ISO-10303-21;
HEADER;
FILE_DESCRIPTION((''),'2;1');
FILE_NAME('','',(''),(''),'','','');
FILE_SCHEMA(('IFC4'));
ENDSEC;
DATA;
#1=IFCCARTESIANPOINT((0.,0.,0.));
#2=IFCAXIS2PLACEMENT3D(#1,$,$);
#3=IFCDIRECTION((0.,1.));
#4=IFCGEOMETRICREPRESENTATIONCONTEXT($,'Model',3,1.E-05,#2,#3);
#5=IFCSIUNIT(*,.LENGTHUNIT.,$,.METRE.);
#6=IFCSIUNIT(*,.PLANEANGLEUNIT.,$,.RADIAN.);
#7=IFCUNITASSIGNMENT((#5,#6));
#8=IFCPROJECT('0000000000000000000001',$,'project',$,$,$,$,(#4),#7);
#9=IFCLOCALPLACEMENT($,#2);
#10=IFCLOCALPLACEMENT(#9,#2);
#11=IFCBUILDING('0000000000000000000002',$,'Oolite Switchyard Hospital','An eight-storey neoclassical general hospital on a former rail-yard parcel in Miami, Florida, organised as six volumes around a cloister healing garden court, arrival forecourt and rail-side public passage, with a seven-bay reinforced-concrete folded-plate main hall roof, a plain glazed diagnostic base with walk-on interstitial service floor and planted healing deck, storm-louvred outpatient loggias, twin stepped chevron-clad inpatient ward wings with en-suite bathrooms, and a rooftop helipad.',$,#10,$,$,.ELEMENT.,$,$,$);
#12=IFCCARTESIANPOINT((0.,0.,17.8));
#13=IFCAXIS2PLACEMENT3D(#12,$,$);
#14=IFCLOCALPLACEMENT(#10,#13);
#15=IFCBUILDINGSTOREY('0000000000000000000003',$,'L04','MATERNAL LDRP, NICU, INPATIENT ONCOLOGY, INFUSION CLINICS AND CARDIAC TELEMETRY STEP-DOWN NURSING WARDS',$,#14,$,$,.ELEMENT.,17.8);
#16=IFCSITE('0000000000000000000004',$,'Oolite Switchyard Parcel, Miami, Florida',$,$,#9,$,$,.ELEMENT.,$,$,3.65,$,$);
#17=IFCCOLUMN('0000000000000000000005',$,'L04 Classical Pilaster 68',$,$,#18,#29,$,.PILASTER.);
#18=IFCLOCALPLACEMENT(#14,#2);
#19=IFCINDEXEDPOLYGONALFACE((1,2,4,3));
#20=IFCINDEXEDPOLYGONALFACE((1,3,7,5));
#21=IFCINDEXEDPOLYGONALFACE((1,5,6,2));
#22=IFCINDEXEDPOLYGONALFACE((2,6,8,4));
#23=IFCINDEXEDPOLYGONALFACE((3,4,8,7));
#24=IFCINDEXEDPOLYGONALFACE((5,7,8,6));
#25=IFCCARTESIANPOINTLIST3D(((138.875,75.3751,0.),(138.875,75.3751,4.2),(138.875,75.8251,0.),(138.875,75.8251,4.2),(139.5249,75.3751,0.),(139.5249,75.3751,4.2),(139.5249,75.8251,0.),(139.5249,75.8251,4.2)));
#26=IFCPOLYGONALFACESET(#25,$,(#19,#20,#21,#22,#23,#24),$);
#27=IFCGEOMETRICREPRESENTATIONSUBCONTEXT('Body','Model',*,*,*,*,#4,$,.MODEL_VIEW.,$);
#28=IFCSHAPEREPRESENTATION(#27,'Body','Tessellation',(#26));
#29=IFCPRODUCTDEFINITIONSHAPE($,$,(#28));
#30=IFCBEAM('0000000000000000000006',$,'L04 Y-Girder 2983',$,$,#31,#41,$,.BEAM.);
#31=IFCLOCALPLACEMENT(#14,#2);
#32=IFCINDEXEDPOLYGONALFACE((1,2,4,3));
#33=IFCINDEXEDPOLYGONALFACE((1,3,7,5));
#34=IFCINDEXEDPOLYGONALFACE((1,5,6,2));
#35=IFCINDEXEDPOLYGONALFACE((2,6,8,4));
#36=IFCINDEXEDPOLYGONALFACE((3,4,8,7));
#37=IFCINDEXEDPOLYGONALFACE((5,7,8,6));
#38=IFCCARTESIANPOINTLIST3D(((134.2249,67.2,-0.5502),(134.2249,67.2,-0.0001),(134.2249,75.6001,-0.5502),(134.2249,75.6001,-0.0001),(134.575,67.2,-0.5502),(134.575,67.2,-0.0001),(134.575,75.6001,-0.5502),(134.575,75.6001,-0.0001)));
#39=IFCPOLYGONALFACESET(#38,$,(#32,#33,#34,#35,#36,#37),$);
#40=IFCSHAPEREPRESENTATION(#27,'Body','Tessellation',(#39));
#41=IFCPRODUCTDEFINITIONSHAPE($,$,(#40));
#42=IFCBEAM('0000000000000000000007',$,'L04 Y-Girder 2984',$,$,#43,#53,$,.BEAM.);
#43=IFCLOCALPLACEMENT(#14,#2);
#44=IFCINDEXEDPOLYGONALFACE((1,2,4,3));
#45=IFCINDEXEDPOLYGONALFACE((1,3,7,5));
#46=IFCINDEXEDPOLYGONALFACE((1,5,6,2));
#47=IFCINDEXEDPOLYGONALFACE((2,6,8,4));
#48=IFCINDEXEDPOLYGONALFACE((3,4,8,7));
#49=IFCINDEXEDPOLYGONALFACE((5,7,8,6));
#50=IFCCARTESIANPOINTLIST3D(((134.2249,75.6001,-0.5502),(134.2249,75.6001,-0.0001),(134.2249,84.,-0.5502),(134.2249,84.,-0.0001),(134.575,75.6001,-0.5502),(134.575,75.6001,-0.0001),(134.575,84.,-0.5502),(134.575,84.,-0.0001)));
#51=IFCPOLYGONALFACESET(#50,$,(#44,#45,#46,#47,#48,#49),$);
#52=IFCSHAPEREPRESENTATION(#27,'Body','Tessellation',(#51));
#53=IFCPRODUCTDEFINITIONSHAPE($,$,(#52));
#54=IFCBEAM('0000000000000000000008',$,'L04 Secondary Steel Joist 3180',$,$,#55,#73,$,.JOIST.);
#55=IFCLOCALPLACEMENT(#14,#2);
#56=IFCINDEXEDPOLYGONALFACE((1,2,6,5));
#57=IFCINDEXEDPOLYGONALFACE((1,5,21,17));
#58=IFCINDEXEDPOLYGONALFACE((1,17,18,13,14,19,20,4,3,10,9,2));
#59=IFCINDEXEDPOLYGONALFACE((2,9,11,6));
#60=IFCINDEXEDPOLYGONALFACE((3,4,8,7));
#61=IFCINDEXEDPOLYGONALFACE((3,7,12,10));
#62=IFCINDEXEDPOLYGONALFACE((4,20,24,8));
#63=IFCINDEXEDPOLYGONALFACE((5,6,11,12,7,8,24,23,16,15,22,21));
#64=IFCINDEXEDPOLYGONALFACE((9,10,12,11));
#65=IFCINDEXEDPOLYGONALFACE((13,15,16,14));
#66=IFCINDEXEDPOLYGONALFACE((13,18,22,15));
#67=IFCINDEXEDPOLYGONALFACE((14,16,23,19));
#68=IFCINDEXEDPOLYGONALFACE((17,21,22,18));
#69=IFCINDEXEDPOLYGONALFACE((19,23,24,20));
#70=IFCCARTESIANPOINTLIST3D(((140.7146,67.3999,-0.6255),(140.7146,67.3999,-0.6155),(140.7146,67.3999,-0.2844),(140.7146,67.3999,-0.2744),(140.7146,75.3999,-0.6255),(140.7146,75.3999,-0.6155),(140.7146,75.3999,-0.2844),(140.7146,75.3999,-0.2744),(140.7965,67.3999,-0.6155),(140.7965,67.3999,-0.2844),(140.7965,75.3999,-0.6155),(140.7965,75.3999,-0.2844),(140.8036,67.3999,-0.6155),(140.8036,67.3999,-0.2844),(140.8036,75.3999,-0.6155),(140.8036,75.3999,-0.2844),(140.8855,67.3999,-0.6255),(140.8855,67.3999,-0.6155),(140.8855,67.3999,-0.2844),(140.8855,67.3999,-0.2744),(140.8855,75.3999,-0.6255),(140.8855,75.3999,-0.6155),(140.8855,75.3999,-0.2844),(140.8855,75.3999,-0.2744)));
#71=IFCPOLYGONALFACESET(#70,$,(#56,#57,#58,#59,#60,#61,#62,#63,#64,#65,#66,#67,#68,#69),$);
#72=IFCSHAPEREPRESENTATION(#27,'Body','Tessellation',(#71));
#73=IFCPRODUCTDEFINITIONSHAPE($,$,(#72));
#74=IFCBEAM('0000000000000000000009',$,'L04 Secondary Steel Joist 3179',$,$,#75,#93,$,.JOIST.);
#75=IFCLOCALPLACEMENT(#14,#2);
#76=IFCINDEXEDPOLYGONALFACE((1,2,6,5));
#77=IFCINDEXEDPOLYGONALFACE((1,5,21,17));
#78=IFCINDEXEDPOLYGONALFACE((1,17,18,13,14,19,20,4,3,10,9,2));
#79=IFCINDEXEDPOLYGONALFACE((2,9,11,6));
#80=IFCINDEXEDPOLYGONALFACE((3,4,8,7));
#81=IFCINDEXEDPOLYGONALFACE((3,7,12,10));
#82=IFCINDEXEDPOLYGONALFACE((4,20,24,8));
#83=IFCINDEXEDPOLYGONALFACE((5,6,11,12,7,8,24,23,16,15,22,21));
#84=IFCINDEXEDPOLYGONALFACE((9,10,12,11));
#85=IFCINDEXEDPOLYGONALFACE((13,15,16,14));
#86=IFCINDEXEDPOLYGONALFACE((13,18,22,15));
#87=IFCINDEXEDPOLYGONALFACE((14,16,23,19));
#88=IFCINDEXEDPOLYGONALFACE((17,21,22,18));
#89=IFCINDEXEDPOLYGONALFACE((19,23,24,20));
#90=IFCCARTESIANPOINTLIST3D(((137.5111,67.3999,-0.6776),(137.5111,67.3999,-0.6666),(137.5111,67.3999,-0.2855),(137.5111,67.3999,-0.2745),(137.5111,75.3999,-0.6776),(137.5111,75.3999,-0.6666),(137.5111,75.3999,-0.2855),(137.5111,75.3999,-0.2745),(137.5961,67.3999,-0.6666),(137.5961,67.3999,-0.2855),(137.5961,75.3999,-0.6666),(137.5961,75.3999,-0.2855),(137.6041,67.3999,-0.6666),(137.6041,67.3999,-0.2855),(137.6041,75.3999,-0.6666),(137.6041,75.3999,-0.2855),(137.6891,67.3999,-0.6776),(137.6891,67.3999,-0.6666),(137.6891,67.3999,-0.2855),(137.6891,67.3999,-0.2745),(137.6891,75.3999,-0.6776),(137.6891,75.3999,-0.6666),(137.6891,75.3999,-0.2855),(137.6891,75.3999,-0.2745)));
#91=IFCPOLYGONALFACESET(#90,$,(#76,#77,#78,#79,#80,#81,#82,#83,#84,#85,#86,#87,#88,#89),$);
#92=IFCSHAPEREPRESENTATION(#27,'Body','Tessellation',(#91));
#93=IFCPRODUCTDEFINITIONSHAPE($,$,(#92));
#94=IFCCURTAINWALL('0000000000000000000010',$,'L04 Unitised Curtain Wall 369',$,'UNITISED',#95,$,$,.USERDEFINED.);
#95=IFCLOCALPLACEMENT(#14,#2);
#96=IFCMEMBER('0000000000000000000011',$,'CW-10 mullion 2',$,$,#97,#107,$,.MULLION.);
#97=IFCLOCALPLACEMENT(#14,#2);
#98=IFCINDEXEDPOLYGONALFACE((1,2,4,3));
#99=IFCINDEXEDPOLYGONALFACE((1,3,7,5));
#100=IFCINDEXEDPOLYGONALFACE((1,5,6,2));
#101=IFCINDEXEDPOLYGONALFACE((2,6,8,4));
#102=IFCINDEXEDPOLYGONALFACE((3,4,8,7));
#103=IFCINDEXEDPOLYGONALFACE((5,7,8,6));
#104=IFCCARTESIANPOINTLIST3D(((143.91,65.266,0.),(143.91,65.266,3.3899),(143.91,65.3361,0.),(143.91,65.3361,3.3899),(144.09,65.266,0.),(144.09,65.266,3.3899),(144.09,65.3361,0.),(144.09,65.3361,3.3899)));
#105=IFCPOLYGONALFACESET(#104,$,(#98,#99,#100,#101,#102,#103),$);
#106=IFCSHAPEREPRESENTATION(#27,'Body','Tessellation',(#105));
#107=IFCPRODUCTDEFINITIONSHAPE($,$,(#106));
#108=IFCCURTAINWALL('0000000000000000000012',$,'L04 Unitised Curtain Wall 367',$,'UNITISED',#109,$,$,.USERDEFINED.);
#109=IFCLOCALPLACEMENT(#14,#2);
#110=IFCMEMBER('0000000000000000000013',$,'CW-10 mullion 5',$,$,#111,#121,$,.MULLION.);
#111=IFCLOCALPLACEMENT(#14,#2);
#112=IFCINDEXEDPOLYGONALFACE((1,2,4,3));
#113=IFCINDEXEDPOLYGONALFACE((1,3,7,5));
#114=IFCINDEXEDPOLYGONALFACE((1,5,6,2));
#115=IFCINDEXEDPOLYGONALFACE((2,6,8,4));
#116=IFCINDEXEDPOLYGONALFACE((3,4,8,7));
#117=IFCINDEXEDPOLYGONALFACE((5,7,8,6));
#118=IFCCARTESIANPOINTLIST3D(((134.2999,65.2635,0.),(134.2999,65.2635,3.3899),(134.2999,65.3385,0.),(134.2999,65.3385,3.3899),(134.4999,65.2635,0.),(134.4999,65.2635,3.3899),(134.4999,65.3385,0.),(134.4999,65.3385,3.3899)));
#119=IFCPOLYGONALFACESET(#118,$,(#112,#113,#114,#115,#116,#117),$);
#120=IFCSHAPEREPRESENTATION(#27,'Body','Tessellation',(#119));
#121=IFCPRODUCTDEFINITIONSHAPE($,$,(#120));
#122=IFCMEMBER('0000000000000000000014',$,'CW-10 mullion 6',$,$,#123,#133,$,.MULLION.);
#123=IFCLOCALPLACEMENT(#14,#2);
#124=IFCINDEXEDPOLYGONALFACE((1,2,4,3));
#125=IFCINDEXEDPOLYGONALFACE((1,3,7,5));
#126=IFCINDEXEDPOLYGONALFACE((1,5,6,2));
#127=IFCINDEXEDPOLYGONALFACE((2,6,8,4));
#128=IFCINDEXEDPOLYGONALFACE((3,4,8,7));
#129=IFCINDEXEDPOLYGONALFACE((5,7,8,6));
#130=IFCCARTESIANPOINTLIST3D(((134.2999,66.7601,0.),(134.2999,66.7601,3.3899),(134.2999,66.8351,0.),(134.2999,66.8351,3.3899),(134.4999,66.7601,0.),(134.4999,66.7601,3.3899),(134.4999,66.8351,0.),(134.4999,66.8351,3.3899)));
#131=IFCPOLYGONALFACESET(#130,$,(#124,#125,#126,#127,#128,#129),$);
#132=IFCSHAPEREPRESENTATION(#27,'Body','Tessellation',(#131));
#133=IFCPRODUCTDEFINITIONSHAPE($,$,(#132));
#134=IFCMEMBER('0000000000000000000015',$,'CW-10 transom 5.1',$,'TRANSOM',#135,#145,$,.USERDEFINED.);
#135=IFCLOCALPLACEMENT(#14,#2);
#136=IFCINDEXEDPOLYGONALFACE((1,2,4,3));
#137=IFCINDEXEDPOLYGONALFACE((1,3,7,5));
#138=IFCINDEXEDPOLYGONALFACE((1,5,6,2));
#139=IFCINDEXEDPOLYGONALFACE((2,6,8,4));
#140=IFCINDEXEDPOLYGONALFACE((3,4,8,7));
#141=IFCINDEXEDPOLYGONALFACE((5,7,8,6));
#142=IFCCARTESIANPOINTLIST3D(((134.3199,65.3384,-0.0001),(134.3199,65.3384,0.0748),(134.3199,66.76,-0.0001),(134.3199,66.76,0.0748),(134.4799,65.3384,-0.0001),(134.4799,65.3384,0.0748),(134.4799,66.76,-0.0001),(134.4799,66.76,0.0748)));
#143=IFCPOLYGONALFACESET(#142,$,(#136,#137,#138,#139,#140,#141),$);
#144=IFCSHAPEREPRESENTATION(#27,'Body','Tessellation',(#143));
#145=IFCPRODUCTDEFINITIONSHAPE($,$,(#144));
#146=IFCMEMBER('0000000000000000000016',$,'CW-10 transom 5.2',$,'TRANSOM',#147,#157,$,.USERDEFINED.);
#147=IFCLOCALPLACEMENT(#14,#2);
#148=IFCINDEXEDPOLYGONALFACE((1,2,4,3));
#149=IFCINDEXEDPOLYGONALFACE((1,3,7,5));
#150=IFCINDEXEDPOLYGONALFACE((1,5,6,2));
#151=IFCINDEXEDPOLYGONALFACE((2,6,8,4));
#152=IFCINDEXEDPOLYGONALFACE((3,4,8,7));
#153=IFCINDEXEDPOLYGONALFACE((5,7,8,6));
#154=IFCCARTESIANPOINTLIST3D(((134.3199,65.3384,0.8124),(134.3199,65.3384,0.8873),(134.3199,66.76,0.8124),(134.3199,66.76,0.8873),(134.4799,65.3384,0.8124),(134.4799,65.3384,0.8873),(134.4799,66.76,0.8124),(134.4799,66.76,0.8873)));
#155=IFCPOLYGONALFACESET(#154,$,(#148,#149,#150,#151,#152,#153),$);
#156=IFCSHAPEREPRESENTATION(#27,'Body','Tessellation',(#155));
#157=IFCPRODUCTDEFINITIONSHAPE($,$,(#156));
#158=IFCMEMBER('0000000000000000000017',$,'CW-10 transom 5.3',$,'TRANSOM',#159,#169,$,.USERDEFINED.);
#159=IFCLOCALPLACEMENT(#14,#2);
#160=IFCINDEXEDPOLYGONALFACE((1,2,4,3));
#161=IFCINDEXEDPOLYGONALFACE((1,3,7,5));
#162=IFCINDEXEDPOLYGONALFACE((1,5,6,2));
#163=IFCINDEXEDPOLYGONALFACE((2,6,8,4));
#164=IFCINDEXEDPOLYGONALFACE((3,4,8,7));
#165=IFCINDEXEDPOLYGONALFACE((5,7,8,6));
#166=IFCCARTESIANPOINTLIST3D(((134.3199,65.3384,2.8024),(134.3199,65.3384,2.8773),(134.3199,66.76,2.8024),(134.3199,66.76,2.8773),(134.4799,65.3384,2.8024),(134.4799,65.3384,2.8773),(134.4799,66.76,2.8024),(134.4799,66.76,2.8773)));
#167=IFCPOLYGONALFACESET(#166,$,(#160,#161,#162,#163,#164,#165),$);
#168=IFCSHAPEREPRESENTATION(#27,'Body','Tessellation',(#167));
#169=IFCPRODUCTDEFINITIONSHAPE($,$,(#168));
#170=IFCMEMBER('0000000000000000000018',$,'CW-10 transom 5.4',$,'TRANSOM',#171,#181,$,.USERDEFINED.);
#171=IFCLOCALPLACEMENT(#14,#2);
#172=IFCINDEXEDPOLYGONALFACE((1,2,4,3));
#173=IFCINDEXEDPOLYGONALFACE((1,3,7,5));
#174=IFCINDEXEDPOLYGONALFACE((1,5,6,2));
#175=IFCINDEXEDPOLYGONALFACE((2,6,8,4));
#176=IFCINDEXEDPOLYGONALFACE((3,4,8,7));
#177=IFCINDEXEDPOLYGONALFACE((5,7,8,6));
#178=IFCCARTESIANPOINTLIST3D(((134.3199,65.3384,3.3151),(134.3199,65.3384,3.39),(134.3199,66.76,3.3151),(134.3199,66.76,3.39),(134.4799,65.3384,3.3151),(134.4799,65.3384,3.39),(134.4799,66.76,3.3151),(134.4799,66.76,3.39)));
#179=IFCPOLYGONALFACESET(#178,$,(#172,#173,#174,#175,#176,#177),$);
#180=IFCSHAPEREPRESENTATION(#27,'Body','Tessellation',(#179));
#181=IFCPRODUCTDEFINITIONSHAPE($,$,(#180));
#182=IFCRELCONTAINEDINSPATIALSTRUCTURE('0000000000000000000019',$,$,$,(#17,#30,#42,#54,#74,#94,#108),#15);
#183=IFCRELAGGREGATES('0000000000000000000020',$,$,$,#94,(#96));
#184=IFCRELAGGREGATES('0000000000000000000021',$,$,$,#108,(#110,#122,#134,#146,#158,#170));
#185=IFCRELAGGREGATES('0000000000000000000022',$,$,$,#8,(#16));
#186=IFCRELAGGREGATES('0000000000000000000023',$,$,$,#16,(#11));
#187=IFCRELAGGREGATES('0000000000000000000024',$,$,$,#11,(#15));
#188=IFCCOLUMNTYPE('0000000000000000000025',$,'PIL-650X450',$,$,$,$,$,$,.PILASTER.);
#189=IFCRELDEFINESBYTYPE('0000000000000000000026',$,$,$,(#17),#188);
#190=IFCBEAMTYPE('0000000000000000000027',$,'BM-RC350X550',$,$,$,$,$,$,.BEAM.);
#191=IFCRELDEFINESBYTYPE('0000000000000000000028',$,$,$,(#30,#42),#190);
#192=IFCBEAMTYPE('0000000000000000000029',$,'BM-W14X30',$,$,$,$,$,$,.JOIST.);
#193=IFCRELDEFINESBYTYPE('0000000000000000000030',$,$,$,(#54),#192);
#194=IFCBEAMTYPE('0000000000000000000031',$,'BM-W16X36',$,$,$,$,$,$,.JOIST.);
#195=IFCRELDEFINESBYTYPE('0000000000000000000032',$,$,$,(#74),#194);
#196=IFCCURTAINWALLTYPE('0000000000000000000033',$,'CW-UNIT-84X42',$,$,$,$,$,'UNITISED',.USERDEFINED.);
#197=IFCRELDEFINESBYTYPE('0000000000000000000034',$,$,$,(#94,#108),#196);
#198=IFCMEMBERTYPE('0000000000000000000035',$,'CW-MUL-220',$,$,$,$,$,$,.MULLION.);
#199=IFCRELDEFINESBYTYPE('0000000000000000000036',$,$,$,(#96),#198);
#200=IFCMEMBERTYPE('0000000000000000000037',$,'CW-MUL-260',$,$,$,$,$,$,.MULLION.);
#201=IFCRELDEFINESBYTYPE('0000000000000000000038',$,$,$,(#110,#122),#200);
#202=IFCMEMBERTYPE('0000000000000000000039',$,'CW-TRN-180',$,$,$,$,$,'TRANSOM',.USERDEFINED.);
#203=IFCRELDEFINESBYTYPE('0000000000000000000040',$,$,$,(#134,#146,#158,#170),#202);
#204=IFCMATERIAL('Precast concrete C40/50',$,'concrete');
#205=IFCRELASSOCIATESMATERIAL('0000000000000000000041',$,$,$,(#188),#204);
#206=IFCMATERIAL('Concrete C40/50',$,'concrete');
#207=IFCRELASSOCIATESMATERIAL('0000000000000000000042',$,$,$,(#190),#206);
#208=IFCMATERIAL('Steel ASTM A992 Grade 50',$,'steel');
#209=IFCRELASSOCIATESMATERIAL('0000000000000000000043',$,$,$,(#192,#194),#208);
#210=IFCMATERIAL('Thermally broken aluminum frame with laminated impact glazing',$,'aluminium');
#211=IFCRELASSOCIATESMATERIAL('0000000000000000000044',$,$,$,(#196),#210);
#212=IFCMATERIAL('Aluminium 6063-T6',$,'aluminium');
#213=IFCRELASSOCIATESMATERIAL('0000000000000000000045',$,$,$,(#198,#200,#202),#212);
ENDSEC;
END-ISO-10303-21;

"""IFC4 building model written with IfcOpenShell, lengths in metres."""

from ifc_helpers import new_model, si_unit, direction, frame, origin, origin_2d, place, context, subcontext, project, spatial, rectangle, i_section, extrude, material, material_profile, profile_set, type_object, element, aggregate, save


model = new_model("IFC4")

# Units and contexts
model_context = context("Model", 3, precision=1e-05, world=origin(), true_north=direction((0.0, 1.0)))
body_context = subcontext(model_context, "Body", "Model", "MODEL_VIEW")
ifc_project = project(units=[si_unit("LENGTHUNIT", "METRE"), si_unit("PLANEANGLEUNIT", "RADIAN")], contexts=[model_context])

# Site, building, storey
site_placement = place(None, origin())
site = spatial("IfcSite", under=ifc_project, at=site_placement, Name="Oolite Switchyard Parcel, Miami, Florida", CompositionType="ELEMENT", RefElevation=3.65)
building_placement = place(site_placement, origin())
building = spatial("IfcBuilding", under=site, at=building_placement, Name="Oolite Switchyard Hospital", Description="An eight-storey neoclassical general hospital on a former rail-yard parcel in Miami, Florida, organised as six volumes around a cloister healing garden court, arrival forecourt and rail-side public passage, with a seven-bay reinforced-concrete folded-plate main hall roof, a plain glazed diagnostic base with walk-on interstitial service floor and planted healing deck, storm-louvred outpatient loggias, twin stepped chevron-clad inpatient ward wings with en-suite bathrooms, and a rooftop helipad.", CompositionType="ELEMENT")
storey_placement = place(building_placement, frame((0.0, 0.0, 17.8)))
storey = spatial("IfcBuildingStorey", under=building, at=storey_placement, Name="L04", Description="MATERNAL LDRP, NICU, INPATIENT ONCOLOGY, INFUSION CLINICS AND CARDIAC TELEMETRY STEP-DOWN NURSING WARDS", CompositionType="ELEMENT", Elevation=17.8)

# Column
ifc_material_1 = material(Name="Precast concrete C40/50", Category="concrete")
ifc_material_profile_1 = material_profile(ifc_material_1, rectangle(XDim=0.6499, YDim=0.45, at=origin_2d()), Name="PIL650X450")
ifc_profile_set_1 = profile_set([ifc_material_profile_1], Name="Precast concrete C40/50")
column_type = type_object("IfcColumnType", Name="PIL-650X450", PredefinedType="PILASTER", material=ifc_profile_set_1)
column_placement = place(storey_placement, frame((139.2, 75.6001, 0.0), z_axis=(0.0, 0.0, 1.0), x_axis=(1.0, 0.0, 0.0)))
element("IfcColumn", 1, at=column_placement, inside=storey, type_object=column_type, Name="L04 Classical Pilaster 68", PredefinedType="PILASTER", context=body_context, shape_type="SweptSolid", body=[
    extrude(rectangle(XDim=0.6499, YDim=0.45, at=origin_2d()), origin(), (0.0, 0.0, 1.0), 4.2),
])

# Beams
ifc_material_2 = material(Name="Concrete C40/50", Category="concrete")
ifc_material_profile_2 = material_profile(ifc_material_2, rectangle(XDim=0.3501, YDim=0.55, at=origin_2d()), Name="RCB350X550")
ifc_profile_set_2 = profile_set([ifc_material_profile_2], Name="Concrete C40/50")
beam_type_1 = type_object("IfcBeamType", Name="BM-RC350X550", PredefinedType="BEAM", material=ifc_profile_set_2)
beam_1_placement = place(storey_placement, frame((134.3999, 67.2, -0.2751), z_axis=(0.0, 1.0, 0.0), x_axis=(-1.0, 0.0, 0.0)))
element("IfcBeam", 2, at=beam_1_placement, inside=storey, type_object=beam_type_1, Name="L04 Y-Girder 2983", PredefinedType="BEAM", context=body_context, shape_type="SweptSolid", body=[
    extrude(rectangle(XDim=0.3501, YDim=0.55, at=origin_2d()), origin(), (0.0, 0.0, 1.0), 8.4001),
])
beam_2_placement = place(storey_placement, frame((134.3999, 75.6001, -0.2751), z_axis=(0.0, 1.0, 0.0), x_axis=(-1.0, 0.0, 0.0)))
element("IfcBeam", 3, at=beam_2_placement, inside=storey, type_object=beam_type_1, Name="L04 Y-Girder 2984", PredefinedType="BEAM", context=body_context, shape_type="SweptSolid", body=[
    extrude(rectangle(XDim=0.3501, YDim=0.55, at=origin_2d()), origin(), (0.0, 0.0, 1.0), 8.3999),
])
ifc_material_3 = material(Name="Steel ASTM A992 Grade 50", Category="steel")
ifc_material_profile_3 = material_profile(ifc_material_3, i_section(OverallWidth=0.1709, OverallDepth=0.3511, WebThickness=0.0071, FlangeThickness=0.01, at=origin_2d()), Name="W14X30")
ifc_profile_set_3 = profile_set([ifc_material_profile_3], Name="Steel ASTM A992 Grade 50")
beam_type_2 = type_object("IfcBeamType", Name="BM-W14X30", PredefinedType="JOIST", material=ifc_profile_set_3)
beam_3_placement = place(storey_placement, frame((140.8, 67.3999, -0.45), z_axis=(0.0, 1.0, 0.0), x_axis=(-1.0, 0.0, 0.0)))
element("IfcBeam", 4, at=beam_3_placement, inside=storey, type_object=beam_type_2, Name="L04 Secondary Steel Joist 3180", PredefinedType="JOIST", context=body_context, shape_type="SweptSolid", body=[
    extrude(i_section(OverallWidth=0.1709, OverallDepth=0.3511, WebThickness=0.0071, FlangeThickness=0.01, at=origin_2d()), origin(), (0.0, 0.0, 1.0), 8.0),
])
ifc_material_profile_4 = material_profile(ifc_material_3, i_section(OverallWidth=0.178, OverallDepth=0.4031, WebThickness=0.0081, FlangeThickness=0.011, at=origin_2d()), Name="W16X36")
ifc_profile_set_4 = profile_set([ifc_material_profile_4], Name="Steel ASTM A992 Grade 50")
beam_type_3 = type_object("IfcBeamType", Name="BM-W16X36", PredefinedType="JOIST", material=ifc_profile_set_4)
beam_4_placement = place(storey_placement, frame((137.6001, 67.3999, -0.4761), z_axis=(0.0, 1.0, 0.0), x_axis=(-1.0, 0.0, 0.0)))
element("IfcBeam", 5, at=beam_4_placement, inside=storey, type_object=beam_type_3, Name="L04 Secondary Steel Joist 3179", PredefinedType="JOIST", context=body_context, shape_type="SweptSolid", body=[
    extrude(i_section(OverallWidth=0.178, OverallDepth=0.4031, WebThickness=0.0081, FlangeThickness=0.011, at=origin_2d()), origin(), (0.0, 0.0, 1.0), 8.0),
])

# Curtain wall, member
ifc_material_4 = material(Name="Thermally broken aluminum frame with laminated impact glazing", Category="aluminium")
curtain_wall_type = type_object("IfcCurtainWallType", Name="CW-UNIT-84X42", ElementType="UNITISED", PredefinedType="USERDEFINED", material=ifc_material_4)
curtain_wall_1_placement = place(storey_placement, origin())
curtain_wall_1 = element("IfcCurtainWall", 6, at=curtain_wall_1_placement, inside=storey, type_object=curtain_wall_type, Name="L04 Unitised Curtain Wall 369", ObjectType="UNITISED", PredefinedType="USERDEFINED")
ifc_material_5 = material(Name="Aluminium 6063-T6", Category="aluminium")
ifc_material_profile_5 = material_profile(ifc_material_5, rectangle(XDim=0.1799, YDim=0.0701, at=origin_2d()), Name="CWM70X180")
ifc_profile_set_5 = profile_set([ifc_material_profile_5], Name="Aluminium 6063-T6")
member_type_1 = type_object("IfcMemberType", Name="CW-MUL-220", PredefinedType="MULLION", material=ifc_profile_set_5)
member_1_placement = place(storey_placement, frame((144.0, 65.301, 0.0), z_axis=(0.0, 0.0, 1.0), x_axis=(1.0, 0.0, 0.0)))
member_1 = element("IfcMember", 7, at=member_1_placement, type_object=member_type_1, Name="CW-10 mullion 2", PredefinedType="MULLION", context=body_context, shape_type="SweptSolid", body=[
    extrude(rectangle(XDim=0.1799, YDim=0.0701, at=origin_2d()), origin(), (0.0, 0.0, 1.0), 3.3899),
])

# Curtain wall, members
curtain_wall_2_placement = place(storey_placement, origin())
curtain_wall_2 = element("IfcCurtainWall", 8, at=curtain_wall_2_placement, inside=storey, type_object=curtain_wall_type, Name="L04 Unitised Curtain Wall 367", ObjectType="UNITISED", PredefinedType="USERDEFINED")
ifc_material_profile_6 = material_profile(ifc_material_5, rectangle(XDim=0.2, YDim=0.075, at=origin_2d()), Name="CWM75X200")
ifc_profile_set_6 = profile_set([ifc_material_profile_6], Name="Aluminium 6063-T6")
member_type_2 = type_object("IfcMemberType", Name="CW-MUL-260", PredefinedType="MULLION", material=ifc_profile_set_6)
member_2_placement = place(storey_placement, frame((134.3999, 65.301, 0.0), z_axis=(0.0, 0.0, 1.0), x_axis=(-1.0, 0.0, 0.0)))
member_2 = element("IfcMember", 9, at=member_2_placement, type_object=member_type_2, Name="CW-10 mullion 5", PredefinedType="MULLION", context=body_context, shape_type="SweptSolid", body=[
    extrude(rectangle(XDim=0.2, YDim=0.075, at=origin_2d()), origin(), (0.0, 0.0, 1.0), 3.3899),
])
member_3_placement = place(storey_placement, frame((134.3999, 66.7976, 0.0), z_axis=(0.0, 0.0, 1.0), x_axis=(-1.0, 0.0, 0.0)))
member_3 = element("IfcMember", 10, at=member_3_placement, type_object=member_type_2, Name="CW-10 mullion 6", PredefinedType="MULLION", context=body_context, shape_type="SweptSolid", body=[
    extrude(rectangle(XDim=0.2, YDim=0.075, at=origin_2d()), origin(), (0.0, 0.0, 1.0), 3.3899),
])
ifc_material_profile_7 = material_profile(ifc_material_5, rectangle(XDim=0.1599, YDim=0.075, at=origin_2d()), Name="CWT75X160")
ifc_profile_set_7 = profile_set([ifc_material_profile_7], Name="Aluminium 6063-T6")
member_type_3 = type_object("IfcMemberType", Name="CW-TRN-180", ElementType="TRANSOM", PredefinedType="USERDEFINED", material=ifc_profile_set_7)
member_4_placement = place(storey_placement, frame((134.3999, 65.3384, 0.0374), z_axis=(0.0, 1.0, 0.0), x_axis=(-1.0, 0.0, 0.0)))
member_4 = element("IfcMember", 11, at=member_4_placement, type_object=member_type_3, Name="CW-10 transom 5.1", ObjectType="TRANSOM", PredefinedType="USERDEFINED", context=body_context, shape_type="SweptSolid", body=[
    extrude(rectangle(XDim=0.1599, YDim=0.075, at=origin_2d()), origin(), (0.0, 0.0, 1.0), 1.4216),
])
member_5_placement = place(storey_placement, frame((134.3999, 65.3384, 0.8499), z_axis=(0.0, 1.0, 0.0), x_axis=(-1.0, 0.0, 0.0)))
member_5 = element("IfcMember", 12, at=member_5_placement, type_object=member_type_3, Name="CW-10 transom 5.2", ObjectType="TRANSOM", PredefinedType="USERDEFINED", context=body_context, shape_type="SweptSolid", body=[
    extrude(rectangle(XDim=0.1599, YDim=0.075, at=origin_2d()), origin(), (0.0, 0.0, 1.0), 1.4216),
])
member_6_placement = place(storey_placement, frame((134.3999, 65.3384, 2.8398), z_axis=(0.0, 1.0, 0.0), x_axis=(-1.0, 0.0, 0.0)))
member_6 = element("IfcMember", 13, at=member_6_placement, type_object=member_type_3, Name="CW-10 transom 5.3", ObjectType="TRANSOM", PredefinedType="USERDEFINED", context=body_context, shape_type="SweptSolid", body=[
    extrude(rectangle(XDim=0.1599, YDim=0.075, at=origin_2d()), origin(), (0.0, 0.0, 1.0), 1.4216),
])
member_7_placement = place(storey_placement, frame((134.3999, 65.3384, 3.3525), z_axis=(0.0, 1.0, 0.0), x_axis=(-1.0, 0.0, 0.0)))
member_7 = element("IfcMember", 14, at=member_7_placement, type_object=member_type_3, Name="CW-10 transom 5.4", ObjectType="TRANSOM", PredefinedType="USERDEFINED", context=body_context, shape_type="SweptSolid", body=[
    extrude(rectangle(XDim=0.1599, YDim=0.075, at=origin_2d()), origin(), (0.0, 0.0, 1.0), 1.4216),
])

aggregate(curtain_wall_1, [member_1])

aggregate(curtain_wall_2, [member_2, member_3, member_4, member_5, member_6, member_7])

save(model, "model.ifc")
